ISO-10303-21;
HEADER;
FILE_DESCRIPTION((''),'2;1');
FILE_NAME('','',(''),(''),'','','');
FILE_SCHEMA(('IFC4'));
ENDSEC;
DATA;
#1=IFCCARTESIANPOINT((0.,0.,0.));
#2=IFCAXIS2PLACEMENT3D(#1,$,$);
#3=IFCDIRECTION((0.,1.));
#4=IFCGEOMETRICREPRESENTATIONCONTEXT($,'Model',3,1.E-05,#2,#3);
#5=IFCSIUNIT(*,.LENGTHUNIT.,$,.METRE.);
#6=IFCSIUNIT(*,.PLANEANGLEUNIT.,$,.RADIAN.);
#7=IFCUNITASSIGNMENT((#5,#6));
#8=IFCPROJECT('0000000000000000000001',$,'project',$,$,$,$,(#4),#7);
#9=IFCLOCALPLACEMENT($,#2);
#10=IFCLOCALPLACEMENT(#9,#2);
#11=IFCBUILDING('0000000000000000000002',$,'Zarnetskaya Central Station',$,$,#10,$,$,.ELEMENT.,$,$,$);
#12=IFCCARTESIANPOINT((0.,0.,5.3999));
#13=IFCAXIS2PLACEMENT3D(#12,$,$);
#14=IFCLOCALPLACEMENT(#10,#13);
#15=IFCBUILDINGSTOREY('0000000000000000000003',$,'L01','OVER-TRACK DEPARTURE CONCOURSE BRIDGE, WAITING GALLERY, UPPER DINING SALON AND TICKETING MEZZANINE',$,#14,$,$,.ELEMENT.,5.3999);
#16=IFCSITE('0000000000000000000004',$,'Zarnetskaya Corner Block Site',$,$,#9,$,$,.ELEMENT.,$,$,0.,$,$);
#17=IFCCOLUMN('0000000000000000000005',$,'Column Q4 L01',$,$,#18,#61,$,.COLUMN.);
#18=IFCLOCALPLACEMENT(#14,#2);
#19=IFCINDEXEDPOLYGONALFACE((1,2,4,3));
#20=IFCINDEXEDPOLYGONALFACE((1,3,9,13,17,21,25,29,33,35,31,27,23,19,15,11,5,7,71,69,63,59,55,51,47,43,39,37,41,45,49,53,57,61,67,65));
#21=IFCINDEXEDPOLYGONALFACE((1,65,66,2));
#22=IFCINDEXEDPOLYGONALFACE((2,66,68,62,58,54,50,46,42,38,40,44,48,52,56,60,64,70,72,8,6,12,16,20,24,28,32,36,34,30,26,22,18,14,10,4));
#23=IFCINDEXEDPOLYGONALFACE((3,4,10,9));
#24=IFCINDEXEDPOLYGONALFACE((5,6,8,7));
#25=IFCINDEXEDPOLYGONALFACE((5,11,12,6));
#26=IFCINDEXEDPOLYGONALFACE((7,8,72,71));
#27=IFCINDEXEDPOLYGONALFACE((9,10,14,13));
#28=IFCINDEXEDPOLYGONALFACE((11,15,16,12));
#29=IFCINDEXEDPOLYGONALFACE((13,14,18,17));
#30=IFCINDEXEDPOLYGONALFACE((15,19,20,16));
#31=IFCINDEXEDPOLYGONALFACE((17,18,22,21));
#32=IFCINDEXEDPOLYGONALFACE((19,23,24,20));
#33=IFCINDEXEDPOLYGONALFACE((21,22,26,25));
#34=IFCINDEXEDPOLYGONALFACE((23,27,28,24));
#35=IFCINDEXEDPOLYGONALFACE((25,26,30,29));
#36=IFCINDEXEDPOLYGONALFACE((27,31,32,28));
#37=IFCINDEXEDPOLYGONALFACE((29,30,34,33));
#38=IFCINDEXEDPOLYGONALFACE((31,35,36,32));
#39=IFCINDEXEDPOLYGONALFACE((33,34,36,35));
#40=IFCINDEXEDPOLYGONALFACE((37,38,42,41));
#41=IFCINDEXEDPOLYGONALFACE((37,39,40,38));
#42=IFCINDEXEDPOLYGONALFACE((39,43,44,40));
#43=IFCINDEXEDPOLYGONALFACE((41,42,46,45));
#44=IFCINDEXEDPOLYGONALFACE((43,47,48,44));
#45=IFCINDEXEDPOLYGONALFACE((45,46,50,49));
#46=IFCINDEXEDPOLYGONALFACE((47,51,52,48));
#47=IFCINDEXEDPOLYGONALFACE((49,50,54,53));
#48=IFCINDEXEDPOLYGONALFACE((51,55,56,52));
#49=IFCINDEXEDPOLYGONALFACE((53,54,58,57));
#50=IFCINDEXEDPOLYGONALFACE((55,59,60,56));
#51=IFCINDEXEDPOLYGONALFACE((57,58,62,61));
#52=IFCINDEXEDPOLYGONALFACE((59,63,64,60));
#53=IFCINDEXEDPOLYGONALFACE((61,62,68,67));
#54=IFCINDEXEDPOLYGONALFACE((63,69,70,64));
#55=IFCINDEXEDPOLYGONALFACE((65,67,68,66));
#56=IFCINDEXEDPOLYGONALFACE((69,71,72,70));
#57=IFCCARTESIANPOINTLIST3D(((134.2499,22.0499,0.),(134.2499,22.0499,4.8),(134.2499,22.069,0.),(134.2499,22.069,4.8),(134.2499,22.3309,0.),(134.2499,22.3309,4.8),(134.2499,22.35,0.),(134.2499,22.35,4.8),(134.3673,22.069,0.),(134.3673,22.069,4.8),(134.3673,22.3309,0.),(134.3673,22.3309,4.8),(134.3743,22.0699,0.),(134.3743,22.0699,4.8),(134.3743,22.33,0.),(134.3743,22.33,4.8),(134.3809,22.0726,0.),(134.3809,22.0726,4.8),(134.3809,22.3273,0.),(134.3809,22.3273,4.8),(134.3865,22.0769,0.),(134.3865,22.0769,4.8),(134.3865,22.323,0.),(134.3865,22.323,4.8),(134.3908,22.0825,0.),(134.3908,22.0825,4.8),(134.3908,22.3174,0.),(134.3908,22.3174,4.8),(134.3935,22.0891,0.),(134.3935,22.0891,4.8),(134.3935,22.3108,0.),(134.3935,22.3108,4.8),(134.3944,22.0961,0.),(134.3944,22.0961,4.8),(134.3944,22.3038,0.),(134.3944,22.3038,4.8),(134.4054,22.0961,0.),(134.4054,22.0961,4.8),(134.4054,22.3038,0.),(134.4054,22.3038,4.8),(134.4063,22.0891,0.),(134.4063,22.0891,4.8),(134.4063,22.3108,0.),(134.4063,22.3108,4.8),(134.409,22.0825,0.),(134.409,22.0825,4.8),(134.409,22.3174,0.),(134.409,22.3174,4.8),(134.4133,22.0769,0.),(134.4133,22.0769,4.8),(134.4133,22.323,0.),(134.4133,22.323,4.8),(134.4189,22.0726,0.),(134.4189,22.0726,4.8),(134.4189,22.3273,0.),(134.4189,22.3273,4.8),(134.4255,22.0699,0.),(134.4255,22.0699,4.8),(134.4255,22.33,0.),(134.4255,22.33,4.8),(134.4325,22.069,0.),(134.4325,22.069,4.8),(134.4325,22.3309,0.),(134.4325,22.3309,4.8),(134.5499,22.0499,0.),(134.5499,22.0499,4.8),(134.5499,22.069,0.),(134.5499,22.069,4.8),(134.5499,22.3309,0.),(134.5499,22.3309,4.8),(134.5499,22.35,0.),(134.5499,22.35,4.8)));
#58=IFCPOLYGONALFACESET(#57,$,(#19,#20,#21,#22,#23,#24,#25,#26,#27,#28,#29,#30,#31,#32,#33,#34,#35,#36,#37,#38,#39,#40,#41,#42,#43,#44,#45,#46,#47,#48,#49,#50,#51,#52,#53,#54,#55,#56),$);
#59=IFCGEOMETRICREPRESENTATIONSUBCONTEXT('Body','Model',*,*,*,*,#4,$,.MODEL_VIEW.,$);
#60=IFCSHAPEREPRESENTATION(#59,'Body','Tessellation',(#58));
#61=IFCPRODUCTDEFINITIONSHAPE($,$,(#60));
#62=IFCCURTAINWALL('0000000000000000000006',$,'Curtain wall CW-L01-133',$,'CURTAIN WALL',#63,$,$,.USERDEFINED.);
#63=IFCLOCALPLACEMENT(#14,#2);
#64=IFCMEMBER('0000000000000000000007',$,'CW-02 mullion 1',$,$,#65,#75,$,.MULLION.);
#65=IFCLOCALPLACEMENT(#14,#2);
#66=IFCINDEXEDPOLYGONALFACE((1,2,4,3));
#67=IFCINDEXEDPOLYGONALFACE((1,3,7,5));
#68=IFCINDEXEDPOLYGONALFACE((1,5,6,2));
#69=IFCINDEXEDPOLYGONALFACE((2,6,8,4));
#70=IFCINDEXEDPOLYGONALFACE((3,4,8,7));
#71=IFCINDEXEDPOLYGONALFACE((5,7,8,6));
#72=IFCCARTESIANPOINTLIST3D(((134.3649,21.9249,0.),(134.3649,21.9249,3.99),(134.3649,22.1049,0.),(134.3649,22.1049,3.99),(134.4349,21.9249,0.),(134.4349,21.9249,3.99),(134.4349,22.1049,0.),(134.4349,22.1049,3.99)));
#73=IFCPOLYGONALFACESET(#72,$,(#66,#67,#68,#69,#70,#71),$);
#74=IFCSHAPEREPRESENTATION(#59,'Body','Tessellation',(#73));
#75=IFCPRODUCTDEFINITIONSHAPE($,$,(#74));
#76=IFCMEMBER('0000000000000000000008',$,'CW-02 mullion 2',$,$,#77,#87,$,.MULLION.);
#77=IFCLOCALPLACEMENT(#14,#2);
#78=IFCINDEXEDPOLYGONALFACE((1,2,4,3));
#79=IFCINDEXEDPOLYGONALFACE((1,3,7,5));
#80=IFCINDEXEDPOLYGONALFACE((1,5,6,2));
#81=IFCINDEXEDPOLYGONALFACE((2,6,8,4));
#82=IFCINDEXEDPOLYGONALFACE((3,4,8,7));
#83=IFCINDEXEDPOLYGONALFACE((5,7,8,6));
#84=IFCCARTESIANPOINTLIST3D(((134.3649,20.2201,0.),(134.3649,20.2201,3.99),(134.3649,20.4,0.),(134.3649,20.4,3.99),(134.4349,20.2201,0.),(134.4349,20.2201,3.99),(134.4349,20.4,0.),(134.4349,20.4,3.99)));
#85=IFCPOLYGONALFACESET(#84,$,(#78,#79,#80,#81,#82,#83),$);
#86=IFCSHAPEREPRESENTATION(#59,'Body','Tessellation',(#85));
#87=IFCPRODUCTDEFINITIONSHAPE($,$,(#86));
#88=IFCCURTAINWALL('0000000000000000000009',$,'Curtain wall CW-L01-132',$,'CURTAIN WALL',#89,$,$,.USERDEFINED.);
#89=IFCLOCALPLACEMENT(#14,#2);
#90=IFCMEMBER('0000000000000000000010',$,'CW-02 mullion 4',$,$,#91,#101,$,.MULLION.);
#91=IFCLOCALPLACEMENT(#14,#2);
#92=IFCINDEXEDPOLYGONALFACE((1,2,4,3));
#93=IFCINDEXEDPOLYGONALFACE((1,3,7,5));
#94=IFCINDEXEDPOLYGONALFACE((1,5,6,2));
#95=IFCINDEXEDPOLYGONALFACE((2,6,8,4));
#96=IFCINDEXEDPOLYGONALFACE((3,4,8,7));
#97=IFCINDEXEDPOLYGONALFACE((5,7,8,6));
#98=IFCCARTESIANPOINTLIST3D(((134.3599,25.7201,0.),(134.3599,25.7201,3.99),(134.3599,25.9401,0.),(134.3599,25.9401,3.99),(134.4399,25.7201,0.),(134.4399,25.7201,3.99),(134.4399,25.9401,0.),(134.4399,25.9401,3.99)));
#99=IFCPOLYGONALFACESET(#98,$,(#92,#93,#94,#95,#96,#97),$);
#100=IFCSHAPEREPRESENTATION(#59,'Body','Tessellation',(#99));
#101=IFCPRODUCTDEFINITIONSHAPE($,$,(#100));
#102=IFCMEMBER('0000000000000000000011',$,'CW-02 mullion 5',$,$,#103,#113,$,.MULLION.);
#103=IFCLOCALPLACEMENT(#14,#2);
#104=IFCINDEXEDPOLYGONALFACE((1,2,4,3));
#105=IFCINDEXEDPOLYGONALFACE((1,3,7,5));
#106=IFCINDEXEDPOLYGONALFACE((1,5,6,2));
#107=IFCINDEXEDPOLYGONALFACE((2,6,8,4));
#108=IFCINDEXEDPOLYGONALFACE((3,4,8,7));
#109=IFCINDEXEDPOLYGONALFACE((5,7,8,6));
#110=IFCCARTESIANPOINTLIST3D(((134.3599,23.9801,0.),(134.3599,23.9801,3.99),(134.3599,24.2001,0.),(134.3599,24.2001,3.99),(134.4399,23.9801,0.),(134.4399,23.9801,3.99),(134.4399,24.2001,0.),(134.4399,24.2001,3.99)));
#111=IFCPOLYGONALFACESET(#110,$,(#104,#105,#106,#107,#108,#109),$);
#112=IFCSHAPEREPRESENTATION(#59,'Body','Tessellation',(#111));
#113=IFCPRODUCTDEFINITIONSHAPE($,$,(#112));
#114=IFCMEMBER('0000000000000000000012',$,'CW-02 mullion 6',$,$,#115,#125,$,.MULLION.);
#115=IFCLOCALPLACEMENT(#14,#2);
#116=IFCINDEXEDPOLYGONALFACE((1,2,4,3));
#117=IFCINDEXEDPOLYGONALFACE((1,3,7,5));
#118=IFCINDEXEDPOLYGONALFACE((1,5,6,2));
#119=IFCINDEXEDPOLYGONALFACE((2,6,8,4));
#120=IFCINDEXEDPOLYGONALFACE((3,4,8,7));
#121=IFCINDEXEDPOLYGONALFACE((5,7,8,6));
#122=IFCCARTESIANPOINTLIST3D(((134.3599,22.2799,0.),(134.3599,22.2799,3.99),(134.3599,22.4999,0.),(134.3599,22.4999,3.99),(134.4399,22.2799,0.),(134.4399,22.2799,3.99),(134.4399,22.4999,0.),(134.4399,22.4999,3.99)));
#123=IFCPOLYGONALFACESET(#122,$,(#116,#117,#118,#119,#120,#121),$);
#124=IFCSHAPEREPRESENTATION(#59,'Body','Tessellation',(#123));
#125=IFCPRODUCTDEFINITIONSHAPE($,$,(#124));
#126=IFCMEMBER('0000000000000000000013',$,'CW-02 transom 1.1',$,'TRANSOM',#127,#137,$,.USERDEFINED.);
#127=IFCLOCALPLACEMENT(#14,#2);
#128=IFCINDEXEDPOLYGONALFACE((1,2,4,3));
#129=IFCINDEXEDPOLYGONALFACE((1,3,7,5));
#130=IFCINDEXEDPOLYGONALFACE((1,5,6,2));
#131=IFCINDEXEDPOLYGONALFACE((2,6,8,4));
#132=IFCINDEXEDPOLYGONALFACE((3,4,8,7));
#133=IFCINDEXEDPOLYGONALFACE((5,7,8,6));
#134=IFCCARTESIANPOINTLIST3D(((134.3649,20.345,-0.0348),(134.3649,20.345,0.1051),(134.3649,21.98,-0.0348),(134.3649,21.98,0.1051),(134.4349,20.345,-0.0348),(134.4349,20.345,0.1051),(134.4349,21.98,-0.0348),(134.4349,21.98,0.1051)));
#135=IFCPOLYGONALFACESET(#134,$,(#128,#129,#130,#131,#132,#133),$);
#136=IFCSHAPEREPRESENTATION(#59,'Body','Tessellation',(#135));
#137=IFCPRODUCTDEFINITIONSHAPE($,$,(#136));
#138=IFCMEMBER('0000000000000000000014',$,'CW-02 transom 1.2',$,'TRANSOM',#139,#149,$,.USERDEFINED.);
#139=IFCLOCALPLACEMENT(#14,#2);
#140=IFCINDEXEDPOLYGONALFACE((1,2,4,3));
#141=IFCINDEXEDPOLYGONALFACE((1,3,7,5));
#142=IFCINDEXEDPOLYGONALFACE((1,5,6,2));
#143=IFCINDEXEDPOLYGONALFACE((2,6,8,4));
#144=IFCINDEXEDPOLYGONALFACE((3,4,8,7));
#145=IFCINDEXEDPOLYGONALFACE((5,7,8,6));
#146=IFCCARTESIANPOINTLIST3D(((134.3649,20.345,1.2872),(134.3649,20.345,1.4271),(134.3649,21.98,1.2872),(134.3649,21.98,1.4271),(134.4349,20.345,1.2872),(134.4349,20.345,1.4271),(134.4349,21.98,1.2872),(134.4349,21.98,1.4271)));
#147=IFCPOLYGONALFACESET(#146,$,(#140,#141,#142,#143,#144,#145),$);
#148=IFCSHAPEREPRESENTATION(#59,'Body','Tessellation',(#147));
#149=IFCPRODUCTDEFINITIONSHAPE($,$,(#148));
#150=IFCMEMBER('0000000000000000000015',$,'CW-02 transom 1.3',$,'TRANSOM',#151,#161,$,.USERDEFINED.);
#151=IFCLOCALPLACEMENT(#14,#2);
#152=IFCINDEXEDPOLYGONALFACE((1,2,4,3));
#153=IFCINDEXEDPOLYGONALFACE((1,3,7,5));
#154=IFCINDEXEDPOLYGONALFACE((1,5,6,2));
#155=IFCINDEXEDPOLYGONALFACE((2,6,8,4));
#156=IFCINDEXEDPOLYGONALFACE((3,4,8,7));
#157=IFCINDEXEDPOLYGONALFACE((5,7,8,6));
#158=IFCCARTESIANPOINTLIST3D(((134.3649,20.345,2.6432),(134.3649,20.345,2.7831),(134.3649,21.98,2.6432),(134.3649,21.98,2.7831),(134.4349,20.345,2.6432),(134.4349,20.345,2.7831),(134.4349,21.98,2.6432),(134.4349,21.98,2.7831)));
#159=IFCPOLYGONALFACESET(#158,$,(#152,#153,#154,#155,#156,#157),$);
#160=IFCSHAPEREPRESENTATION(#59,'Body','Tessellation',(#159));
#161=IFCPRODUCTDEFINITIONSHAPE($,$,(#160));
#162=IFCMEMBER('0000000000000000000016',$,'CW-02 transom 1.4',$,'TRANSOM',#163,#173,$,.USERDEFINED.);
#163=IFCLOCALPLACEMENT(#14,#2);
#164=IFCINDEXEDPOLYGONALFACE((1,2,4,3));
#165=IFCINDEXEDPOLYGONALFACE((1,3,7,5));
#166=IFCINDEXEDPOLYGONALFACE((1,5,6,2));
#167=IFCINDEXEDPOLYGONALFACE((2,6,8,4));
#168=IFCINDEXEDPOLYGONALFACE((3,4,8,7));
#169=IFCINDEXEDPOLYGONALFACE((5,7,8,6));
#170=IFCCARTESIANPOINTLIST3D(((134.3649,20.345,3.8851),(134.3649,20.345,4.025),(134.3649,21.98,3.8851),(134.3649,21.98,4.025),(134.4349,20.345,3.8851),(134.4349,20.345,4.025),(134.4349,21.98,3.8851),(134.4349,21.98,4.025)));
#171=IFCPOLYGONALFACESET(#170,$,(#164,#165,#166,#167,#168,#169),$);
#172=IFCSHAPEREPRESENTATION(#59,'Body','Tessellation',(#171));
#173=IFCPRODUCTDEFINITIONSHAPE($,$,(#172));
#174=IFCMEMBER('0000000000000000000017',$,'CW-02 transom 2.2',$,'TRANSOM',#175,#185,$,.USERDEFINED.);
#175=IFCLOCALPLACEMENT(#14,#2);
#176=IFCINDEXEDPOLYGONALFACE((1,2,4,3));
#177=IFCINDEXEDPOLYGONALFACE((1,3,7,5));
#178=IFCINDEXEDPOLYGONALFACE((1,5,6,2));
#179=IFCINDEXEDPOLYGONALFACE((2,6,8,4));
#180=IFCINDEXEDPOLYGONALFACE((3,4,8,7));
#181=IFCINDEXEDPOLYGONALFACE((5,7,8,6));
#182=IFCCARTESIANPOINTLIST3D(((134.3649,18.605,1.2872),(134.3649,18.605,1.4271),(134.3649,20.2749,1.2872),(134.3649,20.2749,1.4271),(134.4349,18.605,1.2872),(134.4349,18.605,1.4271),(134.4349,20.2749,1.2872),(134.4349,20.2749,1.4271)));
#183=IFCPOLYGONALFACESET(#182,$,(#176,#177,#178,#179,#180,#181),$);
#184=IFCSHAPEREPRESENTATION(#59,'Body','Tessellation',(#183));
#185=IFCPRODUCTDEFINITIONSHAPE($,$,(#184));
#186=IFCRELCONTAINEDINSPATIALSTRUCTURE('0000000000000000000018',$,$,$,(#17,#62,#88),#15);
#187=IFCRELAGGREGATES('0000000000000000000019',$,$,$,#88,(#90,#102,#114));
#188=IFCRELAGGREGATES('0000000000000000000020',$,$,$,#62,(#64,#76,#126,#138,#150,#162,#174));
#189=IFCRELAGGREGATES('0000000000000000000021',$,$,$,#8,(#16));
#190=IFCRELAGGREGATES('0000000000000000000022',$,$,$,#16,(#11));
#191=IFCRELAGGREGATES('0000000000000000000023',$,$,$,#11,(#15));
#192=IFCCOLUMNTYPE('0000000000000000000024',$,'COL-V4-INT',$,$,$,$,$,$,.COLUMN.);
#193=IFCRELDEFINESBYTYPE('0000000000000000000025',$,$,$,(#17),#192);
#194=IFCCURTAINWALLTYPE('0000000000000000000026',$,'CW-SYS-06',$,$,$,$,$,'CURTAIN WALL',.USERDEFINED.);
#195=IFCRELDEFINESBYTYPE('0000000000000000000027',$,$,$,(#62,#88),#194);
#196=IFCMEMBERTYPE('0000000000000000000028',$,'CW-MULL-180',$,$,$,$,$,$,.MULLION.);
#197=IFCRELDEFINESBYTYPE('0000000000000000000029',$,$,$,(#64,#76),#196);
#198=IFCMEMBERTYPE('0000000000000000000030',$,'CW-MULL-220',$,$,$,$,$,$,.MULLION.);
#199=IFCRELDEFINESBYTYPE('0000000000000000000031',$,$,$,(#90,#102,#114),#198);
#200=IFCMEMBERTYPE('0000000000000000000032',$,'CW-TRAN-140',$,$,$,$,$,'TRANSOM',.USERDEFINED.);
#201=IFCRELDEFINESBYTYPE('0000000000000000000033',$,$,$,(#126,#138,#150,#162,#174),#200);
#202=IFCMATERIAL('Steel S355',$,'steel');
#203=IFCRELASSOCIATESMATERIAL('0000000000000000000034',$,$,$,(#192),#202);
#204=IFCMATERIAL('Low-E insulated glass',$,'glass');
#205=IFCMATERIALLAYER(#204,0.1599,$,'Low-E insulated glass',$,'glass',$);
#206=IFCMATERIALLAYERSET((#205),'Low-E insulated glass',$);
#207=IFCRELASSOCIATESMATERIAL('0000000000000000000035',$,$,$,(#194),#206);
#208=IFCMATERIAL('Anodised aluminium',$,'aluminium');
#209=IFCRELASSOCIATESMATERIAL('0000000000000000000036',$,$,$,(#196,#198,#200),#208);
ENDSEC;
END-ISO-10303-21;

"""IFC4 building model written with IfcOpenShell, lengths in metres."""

from ifc_helpers import new_model, si_unit, direction, frame, origin, origin_2d, place, context, subcontext, project, spatial, rectangle, i_section, extrude, material, layer, layer_set, material_profile, profile_set, type_object, element, aggregate, save


model = new_model("IFC4")

# Units and contexts
model_context = context("Model", 3, precision=1e-05, world=origin(), true_north=direction((0.0, 1.0)))
body_context = subcontext(model_context, "Body", "Model", "MODEL_VIEW")
ifc_project = project(units=[si_unit("LENGTHUNIT", "METRE"), si_unit("PLANEANGLEUNIT", "RADIAN")], contexts=[model_context])

# Site, building, storey
site_placement = place(None, origin())
site = spatial("IfcSite", under=ifc_project, at=site_placement, Name="Zarnetskaya Corner Block Site", CompositionType="ELEMENT", RefElevation=0.0)
building_placement = place(site_placement, origin())
building = spatial("IfcBuilding", under=site, at=building_placement, Name="Zarnetskaya Central Station", CompositionType="ELEMENT")
storey_placement = place(building_placement, frame((0.0, 0.0, 5.3999)))
storey = spatial("IfcBuildingStorey", under=building, at=storey_placement, Name="L01", Description="OVER-TRACK DEPARTURE CONCOURSE BRIDGE, WAITING GALLERY, UPPER DINING SALON AND TICKETING MEZZANINE", CompositionType="ELEMENT", Elevation=5.3999)

# Column
ifc_material_1 = material(Name="Steel S355", Category="steel")
ifc_material_profile_1 = material_profile(ifc_material_1, i_section(OverallWidth=0.3, OverallDepth=0.3, WebThickness=0.011, FlangeThickness=0.019, FilletRadius=0.0271, at=origin_2d()), Name="HEB 300")
ifc_profile_set_1 = profile_set([ifc_material_profile_1], Name="Steel S355")
column_type = type_object("IfcColumnType", Name="COL-V4-INT", PredefinedType="COLUMN", material=ifc_profile_set_1)
column_placement = place(storey_placement, frame((134.3999, 22.2, 0.0), z_axis=(0.0, 0.0, 1.0), x_axis=(1.0, 0.0, 0.0)))
element("IfcColumn", 1, at=column_placement, inside=storey, type_object=column_type, Name="Column Q4 L01", PredefinedType="COLUMN", context=body_context, shape_type="SweptSolid", body=[
    extrude(i_section(OverallWidth=0.3, OverallDepth=0.3, WebThickness=0.011, FlangeThickness=0.019, FilletRadius=0.0271, at=origin_2d()), origin(), (0.0, 0.0, 1.0), 4.8),
])

# Curtain walls, members
ifc_material_2 = material(Name="Low-E insulated glass", Category="glass")
ifc_layer_1 = layer(ifc_material_2, 0.1599, Name="Low-E insulated glass", Category="glass")
ifc_layer_set_1 = layer_set([ifc_layer_1], Name="Low-E insulated glass")
curtain_wall_type = type_object("IfcCurtainWallType", Name="CW-SYS-06", ElementType="CURTAIN WALL", PredefinedType="USERDEFINED", material=ifc_layer_set_1)
curtain_wall_1_placement = place(storey_placement, origin())
curtain_wall_1 = element("IfcCurtainWall", 2, at=curtain_wall_1_placement, inside=storey, type_object=curtain_wall_type, Name="Curtain wall CW-L01-133", ObjectType="CURTAIN WALL", PredefinedType="USERDEFINED")
ifc_material_3 = material(Name="Anodised aluminium", Category="aluminium")
ifc_material_profile_2 = material_profile(ifc_material_3, rectangle(XDim=0.0701, YDim=0.1799, at=origin_2d()), Name="ALU MULL 70x180")
ifc_profile_set_2 = profile_set([ifc_material_profile_2], Name="Anodised aluminium")
member_type_1 = type_object("IfcMemberType", Name="CW-MULL-180", PredefinedType="MULLION", material=ifc_profile_set_2)
member_1_placement = place(storey_placement, frame((134.3999, 22.0149, 0.0), z_axis=(0.0, 0.0, 1.0), x_axis=(1.0, 0.0, 0.0)))
member_1 = element("IfcMember", 3, at=member_1_placement, type_object=member_type_1, Name="CW-02 mullion 1", PredefinedType="MULLION", context=body_context, shape_type="SweptSolid", body=[
    extrude(rectangle(XDim=0.0701, YDim=0.1799, at=origin_2d()), origin(), (0.0, 0.0, 1.0), 3.99),
])
member_2_placement = place(storey_placement, frame((134.3999, 20.3101, 0.0), z_axis=(0.0, 0.0, 1.0), x_axis=(1.0, 0.0, 0.0)))
member_2 = element("IfcMember", 4, at=member_2_placement, type_object=member_type_1, Name="CW-02 mullion 2", PredefinedType="MULLION", context=body_context, shape_type="SweptSolid", body=[
    extrude(rectangle(XDim=0.0701, YDim=0.1799, at=origin_2d()), origin(), (0.0, 0.0, 1.0), 3.99),
])
curtain_wall_2_placement = place(storey_placement, origin())
curtain_wall_2 = element("IfcCurtainWall", 5, at=curtain_wall_2_placement, inside=storey, type_object=curtain_wall_type, Name="Curtain wall CW-L01-132", ObjectType="CURTAIN WALL", PredefinedType="USERDEFINED")
ifc_material_profile_3 = material_profile(ifc_material_3, rectangle(XDim=0.0801, YDim=0.22, at=origin_2d()), Name="ALU MULL 80x220")
ifc_profile_set_3 = profile_set([ifc_material_profile_3], Name="Anodised aluminium")
member_type_2 = type_object("IfcMemberType", Name="CW-MULL-220", PredefinedType="MULLION", material=ifc_profile_set_3)
member_3_placement = place(storey_placement, frame((134.3999, 25.8301, 0.0), z_axis=(0.0, 0.0, 1.0), x_axis=(1.0, 0.0, 0.0)))
member_3 = element("IfcMember", 6, at=member_3_placement, type_object=member_type_2, Name="CW-02 mullion 4", PredefinedType="MULLION", context=body_context, shape_type="SweptSolid", body=[
    extrude(rectangle(XDim=0.0801, YDim=0.22, at=origin_2d()), origin(), (0.0, 0.0, 1.0), 3.99),
])
member_4_placement = place(storey_placement, frame((134.3999, 24.0901, 0.0), z_axis=(0.0, 0.0, 1.0), x_axis=(1.0, 0.0, 0.0)))
member_4 = element("IfcMember", 7, at=member_4_placement, type_object=member_type_2, Name="CW-02 mullion 5", PredefinedType="MULLION", context=body_context, shape_type="SweptSolid", body=[
    extrude(rectangle(XDim=0.0801, YDim=0.22, at=origin_2d()), origin(), (0.0, 0.0, 1.0), 3.99),
])
member_5_placement = place(storey_placement, frame((134.3999, 22.3899, 0.0), z_axis=(0.0, 0.0, 1.0), x_axis=(1.0, 0.0, 0.0)))
member_5 = element("IfcMember", 8, at=member_5_placement, type_object=member_type_2, Name="CW-02 mullion 6", PredefinedType="MULLION", context=body_context, shape_type="SweptSolid", body=[
    extrude(rectangle(XDim=0.0801, YDim=0.22, at=origin_2d()), origin(), (0.0, 0.0, 1.0), 3.99),
])

# Members
ifc_material_profile_4 = material_profile(ifc_material_3, rectangle(XDim=0.0701, YDim=0.1399, at=origin_2d()), Name="ALU TRAN 70x140")
ifc_profile_set_4 = profile_set([ifc_material_profile_4], Name="Anodised aluminium")
member_type_3 = type_object("IfcMemberType", Name="CW-TRAN-140", ElementType="TRANSOM", PredefinedType="USERDEFINED", material=ifc_profile_set_4)
member_6_placement = place(storey_placement, frame((134.3999, 21.98, 0.0352), z_axis=(0.0, -1.0, 0.0), x_axis=(1.0, 0.0, 0.0)))
member_6 = element("IfcMember", 9, at=member_6_placement, type_object=member_type_3, Name="CW-02 transom 1.1", ObjectType="TRANSOM", PredefinedType="USERDEFINED", context=body_context, shape_type="SweptSolid", body=[
    extrude(rectangle(XDim=0.0701, YDim=0.1399, at=origin_2d()), origin(), (0.0, 0.0, 1.0), 1.635),
])
member_7_placement = place(storey_placement, frame((134.3999, 21.98, 1.3572), z_axis=(0.0, -1.0, 0.0), x_axis=(1.0, 0.0, 0.0)))
member_7 = element("IfcMember", 10, at=member_7_placement, type_object=member_type_3, Name="CW-02 transom 1.2", ObjectType="TRANSOM", PredefinedType="USERDEFINED", context=body_context, shape_type="SweptSolid", body=[
    extrude(rectangle(XDim=0.0701, YDim=0.1399, at=origin_2d()), origin(), (0.0, 0.0, 1.0), 1.635),
])
member_8_placement = place(storey_placement, frame((134.3999, 21.98, 2.7131), z_axis=(0.0, -1.0, 0.0), x_axis=(1.0, 0.0, 0.0)))
member_8 = element("IfcMember", 11, at=member_8_placement, type_object=member_type_3, Name="CW-02 transom 1.3", ObjectType="TRANSOM", PredefinedType="USERDEFINED", context=body_context, shape_type="SweptSolid", body=[
    extrude(rectangle(XDim=0.0701, YDim=0.1399, at=origin_2d()), origin(), (0.0, 0.0, 1.0), 1.635),
])
member_9_placement = place(storey_placement, frame((134.3999, 21.98, 3.9551), z_axis=(0.0, -1.0, 0.0), x_axis=(1.0, 0.0, 0.0)))
member_9 = element("IfcMember", 12, at=member_9_placement, type_object=member_type_3, Name="CW-02 transom 1.4", ObjectType="TRANSOM", PredefinedType="USERDEFINED", context=body_context, shape_type="SweptSolid", body=[
    extrude(rectangle(XDim=0.0701, YDim=0.1399, at=origin_2d()), origin(), (0.0, 0.0, 1.0), 1.635),
])
member_10_placement = place(storey_placement, frame((134.3999, 20.2749, 1.3572), z_axis=(0.0, -1.0, 0.0), x_axis=(1.0, 0.0, 0.0)))
member_10 = element("IfcMember", 13, at=member_10_placement, type_object=member_type_3, Name="CW-02 transom 2.2", ObjectType="TRANSOM", PredefinedType="USERDEFINED", context=body_context, shape_type="SweptSolid", body=[
    extrude(rectangle(XDim=0.0701, YDim=0.1399, at=origin_2d()), origin(), (0.0, 0.0, 1.0), 1.6699),
])

aggregate(curtain_wall_2, [member_3, member_4, member_5])
aggregate(curtain_wall_1, [member_1, member_2, member_6, member_7, member_8, member_9, member_10])

save(model, "model.ifc")
